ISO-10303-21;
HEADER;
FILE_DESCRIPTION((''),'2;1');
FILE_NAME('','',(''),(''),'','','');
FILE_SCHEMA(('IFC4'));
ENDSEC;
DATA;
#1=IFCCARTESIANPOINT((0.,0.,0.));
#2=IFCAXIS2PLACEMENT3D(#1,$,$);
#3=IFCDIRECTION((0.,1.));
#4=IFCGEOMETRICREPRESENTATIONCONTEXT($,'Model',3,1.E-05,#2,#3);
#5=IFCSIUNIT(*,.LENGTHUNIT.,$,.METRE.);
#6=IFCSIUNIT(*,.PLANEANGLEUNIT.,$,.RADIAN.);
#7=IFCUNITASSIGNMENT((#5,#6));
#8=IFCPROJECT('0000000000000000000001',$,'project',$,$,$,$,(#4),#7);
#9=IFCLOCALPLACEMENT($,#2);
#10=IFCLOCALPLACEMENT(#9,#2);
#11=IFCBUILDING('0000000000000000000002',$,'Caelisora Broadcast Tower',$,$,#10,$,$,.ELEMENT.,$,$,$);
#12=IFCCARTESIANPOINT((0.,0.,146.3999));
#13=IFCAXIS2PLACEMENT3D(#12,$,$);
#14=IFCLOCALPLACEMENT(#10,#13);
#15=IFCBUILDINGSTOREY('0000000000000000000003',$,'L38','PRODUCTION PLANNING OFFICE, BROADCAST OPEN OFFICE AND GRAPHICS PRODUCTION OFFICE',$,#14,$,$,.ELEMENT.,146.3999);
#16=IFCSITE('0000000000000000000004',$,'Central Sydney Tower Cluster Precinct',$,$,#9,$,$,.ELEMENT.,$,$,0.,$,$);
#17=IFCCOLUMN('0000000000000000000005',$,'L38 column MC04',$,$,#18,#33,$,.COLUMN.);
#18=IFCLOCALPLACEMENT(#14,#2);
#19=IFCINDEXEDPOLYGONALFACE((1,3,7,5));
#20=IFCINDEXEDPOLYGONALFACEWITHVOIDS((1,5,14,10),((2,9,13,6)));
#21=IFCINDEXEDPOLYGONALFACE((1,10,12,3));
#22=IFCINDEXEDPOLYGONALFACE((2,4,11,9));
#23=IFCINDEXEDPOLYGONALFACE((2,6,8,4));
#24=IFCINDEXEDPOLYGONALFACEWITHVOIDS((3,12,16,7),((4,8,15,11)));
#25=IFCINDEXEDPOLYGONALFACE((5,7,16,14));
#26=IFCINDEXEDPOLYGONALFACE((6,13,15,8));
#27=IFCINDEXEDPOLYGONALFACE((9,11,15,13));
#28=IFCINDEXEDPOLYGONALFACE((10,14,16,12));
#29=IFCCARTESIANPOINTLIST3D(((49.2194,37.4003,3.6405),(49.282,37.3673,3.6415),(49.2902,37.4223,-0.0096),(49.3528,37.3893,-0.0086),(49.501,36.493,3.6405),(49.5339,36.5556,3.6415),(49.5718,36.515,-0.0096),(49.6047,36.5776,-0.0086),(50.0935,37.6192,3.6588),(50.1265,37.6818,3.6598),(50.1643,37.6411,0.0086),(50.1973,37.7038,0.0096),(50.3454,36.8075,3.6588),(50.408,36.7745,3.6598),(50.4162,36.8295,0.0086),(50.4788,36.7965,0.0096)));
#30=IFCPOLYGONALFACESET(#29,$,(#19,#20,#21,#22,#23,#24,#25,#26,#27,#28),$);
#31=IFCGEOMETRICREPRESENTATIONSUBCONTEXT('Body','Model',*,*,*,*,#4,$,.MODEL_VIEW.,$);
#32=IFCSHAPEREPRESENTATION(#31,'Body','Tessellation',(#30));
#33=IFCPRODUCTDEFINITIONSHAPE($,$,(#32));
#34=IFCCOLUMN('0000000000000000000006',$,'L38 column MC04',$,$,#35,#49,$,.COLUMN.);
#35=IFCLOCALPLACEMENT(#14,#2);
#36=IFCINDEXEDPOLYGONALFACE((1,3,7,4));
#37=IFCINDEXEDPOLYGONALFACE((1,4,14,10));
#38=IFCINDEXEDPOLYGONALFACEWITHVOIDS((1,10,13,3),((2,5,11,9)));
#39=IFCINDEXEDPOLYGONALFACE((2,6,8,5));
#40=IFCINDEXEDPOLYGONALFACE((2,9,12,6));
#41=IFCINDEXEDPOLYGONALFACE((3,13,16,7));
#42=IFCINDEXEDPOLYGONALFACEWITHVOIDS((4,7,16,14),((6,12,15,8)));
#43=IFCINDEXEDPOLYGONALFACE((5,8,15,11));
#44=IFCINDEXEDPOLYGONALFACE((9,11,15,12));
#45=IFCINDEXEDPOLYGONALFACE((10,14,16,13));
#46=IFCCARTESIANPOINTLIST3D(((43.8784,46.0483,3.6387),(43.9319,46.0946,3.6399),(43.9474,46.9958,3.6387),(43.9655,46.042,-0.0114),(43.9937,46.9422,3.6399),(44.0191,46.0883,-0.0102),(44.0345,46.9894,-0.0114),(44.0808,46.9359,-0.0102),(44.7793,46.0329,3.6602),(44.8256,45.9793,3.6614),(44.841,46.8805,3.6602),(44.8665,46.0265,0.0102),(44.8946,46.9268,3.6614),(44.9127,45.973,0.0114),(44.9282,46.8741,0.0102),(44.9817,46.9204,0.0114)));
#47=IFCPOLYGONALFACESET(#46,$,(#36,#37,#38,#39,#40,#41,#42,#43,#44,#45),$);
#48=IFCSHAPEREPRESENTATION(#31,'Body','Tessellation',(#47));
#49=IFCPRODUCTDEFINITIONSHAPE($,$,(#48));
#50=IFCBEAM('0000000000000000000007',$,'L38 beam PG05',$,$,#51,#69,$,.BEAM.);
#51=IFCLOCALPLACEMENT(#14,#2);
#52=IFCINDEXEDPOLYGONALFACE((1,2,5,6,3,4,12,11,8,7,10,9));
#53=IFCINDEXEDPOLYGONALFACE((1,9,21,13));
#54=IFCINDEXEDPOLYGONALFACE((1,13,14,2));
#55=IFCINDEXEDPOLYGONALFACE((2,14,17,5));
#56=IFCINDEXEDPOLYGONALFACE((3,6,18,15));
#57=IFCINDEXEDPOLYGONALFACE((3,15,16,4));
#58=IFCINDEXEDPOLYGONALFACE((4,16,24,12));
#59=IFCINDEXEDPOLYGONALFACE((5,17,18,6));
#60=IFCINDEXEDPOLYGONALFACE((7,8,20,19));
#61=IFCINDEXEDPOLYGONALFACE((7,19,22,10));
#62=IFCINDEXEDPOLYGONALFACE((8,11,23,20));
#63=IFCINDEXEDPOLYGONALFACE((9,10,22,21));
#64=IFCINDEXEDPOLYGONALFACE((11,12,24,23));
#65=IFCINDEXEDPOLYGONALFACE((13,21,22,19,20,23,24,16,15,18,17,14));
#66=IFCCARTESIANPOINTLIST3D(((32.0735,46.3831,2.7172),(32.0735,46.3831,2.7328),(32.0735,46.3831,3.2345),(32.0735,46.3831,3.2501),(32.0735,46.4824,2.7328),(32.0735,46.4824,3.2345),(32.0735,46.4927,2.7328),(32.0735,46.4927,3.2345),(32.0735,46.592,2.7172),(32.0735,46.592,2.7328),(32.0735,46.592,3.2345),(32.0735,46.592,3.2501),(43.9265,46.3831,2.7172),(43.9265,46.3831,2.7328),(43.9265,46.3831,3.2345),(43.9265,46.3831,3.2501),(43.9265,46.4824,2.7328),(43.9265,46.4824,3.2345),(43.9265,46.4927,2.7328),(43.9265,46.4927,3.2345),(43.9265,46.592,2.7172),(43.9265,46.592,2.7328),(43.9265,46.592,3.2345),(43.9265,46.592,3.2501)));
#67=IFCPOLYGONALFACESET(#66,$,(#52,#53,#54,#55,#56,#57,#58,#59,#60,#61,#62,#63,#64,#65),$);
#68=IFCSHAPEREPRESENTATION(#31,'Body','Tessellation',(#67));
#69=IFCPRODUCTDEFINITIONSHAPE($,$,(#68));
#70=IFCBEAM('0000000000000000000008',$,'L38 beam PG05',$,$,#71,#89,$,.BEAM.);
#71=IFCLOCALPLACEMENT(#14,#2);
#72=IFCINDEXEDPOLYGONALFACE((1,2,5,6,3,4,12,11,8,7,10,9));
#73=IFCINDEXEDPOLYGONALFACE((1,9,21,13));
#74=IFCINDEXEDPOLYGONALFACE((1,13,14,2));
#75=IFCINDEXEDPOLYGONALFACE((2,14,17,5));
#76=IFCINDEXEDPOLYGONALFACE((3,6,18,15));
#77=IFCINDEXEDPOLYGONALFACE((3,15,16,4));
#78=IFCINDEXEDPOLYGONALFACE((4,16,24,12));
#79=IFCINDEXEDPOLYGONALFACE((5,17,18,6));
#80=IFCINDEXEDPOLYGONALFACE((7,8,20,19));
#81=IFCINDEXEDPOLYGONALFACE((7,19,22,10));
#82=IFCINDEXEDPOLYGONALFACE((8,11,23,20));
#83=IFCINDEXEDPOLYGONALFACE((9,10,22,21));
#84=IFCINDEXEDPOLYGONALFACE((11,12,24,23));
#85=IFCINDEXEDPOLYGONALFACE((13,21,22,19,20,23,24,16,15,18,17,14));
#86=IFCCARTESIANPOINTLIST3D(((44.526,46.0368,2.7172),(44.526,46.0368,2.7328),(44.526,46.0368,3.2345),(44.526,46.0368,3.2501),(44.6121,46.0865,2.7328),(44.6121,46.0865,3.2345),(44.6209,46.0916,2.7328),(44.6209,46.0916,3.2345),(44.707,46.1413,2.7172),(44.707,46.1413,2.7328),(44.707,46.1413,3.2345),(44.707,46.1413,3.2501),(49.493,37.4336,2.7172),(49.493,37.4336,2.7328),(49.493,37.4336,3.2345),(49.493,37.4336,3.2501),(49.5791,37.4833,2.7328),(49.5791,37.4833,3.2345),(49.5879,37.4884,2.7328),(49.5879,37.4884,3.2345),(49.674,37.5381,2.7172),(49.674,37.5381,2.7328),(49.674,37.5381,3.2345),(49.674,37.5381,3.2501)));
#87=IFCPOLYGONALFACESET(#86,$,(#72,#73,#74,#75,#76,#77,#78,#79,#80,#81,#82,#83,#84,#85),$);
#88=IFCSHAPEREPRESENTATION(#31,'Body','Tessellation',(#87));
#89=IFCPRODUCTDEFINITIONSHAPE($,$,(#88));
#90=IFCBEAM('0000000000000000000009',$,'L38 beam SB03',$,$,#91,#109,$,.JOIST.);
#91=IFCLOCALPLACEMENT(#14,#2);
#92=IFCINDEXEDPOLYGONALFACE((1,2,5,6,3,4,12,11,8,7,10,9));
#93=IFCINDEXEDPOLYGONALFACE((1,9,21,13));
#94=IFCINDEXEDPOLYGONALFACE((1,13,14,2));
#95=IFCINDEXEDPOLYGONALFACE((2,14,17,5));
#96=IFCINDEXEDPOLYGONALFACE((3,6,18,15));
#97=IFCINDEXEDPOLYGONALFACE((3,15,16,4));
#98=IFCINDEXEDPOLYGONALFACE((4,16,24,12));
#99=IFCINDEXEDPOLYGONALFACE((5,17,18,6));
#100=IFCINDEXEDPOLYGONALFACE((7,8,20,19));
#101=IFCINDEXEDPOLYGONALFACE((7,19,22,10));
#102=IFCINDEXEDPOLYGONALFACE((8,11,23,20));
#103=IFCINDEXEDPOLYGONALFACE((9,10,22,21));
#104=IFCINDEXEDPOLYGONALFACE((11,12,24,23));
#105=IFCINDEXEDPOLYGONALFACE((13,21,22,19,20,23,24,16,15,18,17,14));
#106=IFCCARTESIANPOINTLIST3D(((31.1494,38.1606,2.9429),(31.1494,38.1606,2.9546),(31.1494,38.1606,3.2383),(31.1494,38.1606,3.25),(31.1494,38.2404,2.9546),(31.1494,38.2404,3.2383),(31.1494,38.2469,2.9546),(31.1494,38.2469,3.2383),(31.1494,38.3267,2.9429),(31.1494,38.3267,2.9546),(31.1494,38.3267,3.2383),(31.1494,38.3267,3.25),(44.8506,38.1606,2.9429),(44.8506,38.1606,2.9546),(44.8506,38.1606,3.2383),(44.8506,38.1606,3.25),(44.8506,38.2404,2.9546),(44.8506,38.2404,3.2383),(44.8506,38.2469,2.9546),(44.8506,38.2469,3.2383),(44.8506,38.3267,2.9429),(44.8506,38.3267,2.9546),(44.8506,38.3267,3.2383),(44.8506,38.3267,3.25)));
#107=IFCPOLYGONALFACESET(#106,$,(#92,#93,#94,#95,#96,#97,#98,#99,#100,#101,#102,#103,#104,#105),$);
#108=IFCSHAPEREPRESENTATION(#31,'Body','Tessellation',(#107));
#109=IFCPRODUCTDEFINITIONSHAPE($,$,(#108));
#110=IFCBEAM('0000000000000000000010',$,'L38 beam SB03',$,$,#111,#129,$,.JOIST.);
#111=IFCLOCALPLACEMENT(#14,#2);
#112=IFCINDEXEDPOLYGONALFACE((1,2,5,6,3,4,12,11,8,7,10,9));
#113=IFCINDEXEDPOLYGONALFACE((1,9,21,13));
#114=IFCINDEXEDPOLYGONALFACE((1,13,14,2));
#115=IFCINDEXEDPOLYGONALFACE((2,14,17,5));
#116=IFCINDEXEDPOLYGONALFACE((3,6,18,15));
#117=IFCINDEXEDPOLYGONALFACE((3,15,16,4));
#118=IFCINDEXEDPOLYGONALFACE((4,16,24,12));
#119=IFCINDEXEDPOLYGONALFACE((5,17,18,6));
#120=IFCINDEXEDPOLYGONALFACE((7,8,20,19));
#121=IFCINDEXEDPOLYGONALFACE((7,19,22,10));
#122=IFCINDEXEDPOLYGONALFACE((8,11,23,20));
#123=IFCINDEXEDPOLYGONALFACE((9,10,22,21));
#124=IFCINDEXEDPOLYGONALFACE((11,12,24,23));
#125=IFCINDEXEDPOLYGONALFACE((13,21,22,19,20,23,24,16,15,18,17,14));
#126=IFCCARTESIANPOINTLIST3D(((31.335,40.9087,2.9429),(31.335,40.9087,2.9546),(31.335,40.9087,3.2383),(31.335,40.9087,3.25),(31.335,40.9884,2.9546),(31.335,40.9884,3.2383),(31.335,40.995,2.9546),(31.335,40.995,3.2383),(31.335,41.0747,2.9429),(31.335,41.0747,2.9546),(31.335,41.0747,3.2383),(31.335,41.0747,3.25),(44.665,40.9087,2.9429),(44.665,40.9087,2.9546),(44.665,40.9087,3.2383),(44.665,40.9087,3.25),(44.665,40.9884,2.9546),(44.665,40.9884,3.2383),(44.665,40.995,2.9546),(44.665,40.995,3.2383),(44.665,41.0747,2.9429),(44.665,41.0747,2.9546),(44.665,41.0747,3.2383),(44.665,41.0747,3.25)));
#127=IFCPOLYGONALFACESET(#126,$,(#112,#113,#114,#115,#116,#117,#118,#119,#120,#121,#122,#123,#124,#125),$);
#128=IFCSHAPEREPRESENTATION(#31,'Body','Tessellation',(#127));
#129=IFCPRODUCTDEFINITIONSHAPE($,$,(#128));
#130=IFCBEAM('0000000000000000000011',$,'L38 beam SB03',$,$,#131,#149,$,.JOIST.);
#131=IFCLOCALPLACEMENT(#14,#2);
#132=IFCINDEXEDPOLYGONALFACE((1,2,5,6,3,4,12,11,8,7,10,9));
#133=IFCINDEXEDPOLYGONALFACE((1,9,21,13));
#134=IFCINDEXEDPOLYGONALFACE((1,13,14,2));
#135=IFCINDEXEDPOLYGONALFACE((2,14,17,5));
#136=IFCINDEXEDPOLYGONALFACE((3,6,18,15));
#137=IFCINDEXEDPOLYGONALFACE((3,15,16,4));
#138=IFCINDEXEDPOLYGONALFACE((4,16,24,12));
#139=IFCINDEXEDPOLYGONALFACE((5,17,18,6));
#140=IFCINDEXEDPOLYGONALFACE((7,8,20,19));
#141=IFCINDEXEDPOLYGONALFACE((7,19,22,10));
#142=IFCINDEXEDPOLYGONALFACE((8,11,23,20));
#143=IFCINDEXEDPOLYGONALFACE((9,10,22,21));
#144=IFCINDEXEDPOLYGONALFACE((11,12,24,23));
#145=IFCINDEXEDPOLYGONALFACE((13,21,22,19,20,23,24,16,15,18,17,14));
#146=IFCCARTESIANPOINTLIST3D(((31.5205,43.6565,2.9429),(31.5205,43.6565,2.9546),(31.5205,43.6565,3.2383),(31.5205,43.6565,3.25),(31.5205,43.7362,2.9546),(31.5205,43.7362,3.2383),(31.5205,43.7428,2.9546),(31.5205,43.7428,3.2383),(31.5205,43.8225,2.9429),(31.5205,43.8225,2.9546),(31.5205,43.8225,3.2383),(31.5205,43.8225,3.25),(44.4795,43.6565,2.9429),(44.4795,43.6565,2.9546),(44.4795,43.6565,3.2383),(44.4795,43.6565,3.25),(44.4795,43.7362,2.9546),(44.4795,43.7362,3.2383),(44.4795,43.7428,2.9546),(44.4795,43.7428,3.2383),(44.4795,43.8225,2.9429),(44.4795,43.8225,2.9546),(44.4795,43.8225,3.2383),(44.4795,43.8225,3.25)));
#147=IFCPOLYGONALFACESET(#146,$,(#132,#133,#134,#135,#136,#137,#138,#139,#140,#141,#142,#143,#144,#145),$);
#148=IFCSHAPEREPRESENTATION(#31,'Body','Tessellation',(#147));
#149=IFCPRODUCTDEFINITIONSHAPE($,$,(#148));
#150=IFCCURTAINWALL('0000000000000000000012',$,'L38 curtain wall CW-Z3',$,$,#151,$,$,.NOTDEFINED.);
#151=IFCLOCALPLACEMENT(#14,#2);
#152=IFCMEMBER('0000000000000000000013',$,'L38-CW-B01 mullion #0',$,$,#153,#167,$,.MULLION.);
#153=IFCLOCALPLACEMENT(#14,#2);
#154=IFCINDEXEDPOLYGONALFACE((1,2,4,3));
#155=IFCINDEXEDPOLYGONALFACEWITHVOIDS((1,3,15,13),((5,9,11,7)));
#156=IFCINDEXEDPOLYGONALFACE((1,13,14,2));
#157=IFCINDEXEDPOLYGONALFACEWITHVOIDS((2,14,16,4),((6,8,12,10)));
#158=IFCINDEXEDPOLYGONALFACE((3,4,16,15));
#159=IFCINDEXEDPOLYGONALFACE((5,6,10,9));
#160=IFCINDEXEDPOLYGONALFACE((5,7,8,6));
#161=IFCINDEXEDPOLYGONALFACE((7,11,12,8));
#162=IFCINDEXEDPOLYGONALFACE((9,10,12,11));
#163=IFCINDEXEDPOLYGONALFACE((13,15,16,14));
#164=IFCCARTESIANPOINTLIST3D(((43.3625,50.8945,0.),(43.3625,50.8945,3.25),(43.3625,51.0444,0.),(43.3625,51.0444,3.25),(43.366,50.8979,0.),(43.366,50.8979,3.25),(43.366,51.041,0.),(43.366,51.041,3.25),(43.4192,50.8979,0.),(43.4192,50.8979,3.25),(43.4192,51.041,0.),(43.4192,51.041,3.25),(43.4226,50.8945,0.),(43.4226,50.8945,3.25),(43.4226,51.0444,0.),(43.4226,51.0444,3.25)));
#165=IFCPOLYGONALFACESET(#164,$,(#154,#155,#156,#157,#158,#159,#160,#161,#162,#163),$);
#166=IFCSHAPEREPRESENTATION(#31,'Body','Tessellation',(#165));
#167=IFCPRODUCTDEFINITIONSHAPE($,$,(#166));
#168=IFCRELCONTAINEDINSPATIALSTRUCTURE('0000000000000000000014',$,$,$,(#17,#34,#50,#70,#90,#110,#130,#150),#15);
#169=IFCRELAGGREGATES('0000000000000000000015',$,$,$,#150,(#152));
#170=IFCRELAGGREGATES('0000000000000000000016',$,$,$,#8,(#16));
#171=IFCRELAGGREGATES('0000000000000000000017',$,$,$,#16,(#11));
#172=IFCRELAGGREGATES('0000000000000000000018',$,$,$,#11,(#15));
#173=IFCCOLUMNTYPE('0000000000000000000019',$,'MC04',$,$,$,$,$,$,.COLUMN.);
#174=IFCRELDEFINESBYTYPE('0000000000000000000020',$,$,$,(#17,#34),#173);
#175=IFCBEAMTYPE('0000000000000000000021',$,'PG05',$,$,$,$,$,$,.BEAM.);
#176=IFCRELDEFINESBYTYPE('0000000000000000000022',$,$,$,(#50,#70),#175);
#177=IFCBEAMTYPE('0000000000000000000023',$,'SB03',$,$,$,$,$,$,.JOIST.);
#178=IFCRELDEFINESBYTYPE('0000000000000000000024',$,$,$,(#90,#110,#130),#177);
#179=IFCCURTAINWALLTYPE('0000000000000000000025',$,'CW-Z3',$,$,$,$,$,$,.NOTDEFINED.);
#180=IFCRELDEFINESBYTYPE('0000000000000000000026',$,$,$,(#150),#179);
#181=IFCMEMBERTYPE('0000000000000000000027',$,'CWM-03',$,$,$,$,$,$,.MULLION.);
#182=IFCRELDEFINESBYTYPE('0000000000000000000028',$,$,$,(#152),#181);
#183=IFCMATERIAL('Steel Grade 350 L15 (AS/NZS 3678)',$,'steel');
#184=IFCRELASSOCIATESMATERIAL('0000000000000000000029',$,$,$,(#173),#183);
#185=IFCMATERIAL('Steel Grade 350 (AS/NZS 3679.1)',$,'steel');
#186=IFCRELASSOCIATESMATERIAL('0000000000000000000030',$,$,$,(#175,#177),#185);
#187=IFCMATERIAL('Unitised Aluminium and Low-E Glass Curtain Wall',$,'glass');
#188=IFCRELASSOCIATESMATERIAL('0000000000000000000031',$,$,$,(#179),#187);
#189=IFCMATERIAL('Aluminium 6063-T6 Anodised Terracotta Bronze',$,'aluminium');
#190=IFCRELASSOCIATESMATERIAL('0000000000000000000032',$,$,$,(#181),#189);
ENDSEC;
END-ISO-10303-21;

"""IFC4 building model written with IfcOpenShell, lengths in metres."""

from ifc_helpers import new_model, si_unit, direction, frame, origin, origin_2d, place, context, subcontext, project, spatial, hollow_rectangle, i_section, extrude, source, transform, mapped, material, material_profile, profile_set, type_object, type_shapes, element, aggregate, save


model = new_model("IFC4")

# Units and contexts
model_context = context("Model", 3, precision=1e-05, world=origin(), true_north=direction((0.0, 1.0)))
body_context = subcontext(model_context, "Body", "Model", "MODEL_VIEW")
ifc_project = project(units=[si_unit("LENGTHUNIT", "METRE"), si_unit("PLANEANGLEUNIT", "RADIAN")], contexts=[model_context])

# Site, building, storey
site_placement = place(None, origin())
site = spatial("IfcSite", under=ifc_project, at=site_placement, Name="Central Sydney Tower Cluster Precinct", CompositionType="ELEMENT", RefElevation=0.0)
building_placement = place(site_placement, origin())
building = spatial("IfcBuilding", under=site, at=building_placement, Name="Caelisora Broadcast Tower", CompositionType="ELEMENT")
storey_placement = place(building_placement, frame((0.0, 0.0, 146.3999)))
storey = spatial("IfcBuildingStorey", under=building, at=storey_placement, Name="L38", Description="PRODUCTION PLANNING OFFICE, BROADCAST OPEN OFFICE AND GRAPHICS PRODUCTION OFFICE", CompositionType="ELEMENT", Elevation=146.3999)

# Columns
ifc_material_1 = material(Name="Steel Grade 350 L15 (AS/NZS 3678)", Category="steel")
ifc_material_profile_1 = material_profile(ifc_material_1, hollow_rectangle(XDim=0.95, YDim=0.95, WallThickness=0.05, at=origin_2d()), Name="Steel Grade 350 L15 (AS/NZS 3678)")
ifc_profile_set_1 = profile_set([ifc_material_profile_1], Name="Steel Grade 350 L15 (AS/NZS 3678)")
column_type = type_object("IfcColumnType", Name="MC04", PredefinedType="COLUMN", material=ifc_profile_set_1)
shared_shape_1 = source(origin(), body_context, "Body", "SweptSolid", [
    extrude(hollow_rectangle(XDim=0.95, YDim=0.95, WallThickness=0.05, at=origin_2d()), origin(), (0.0, 0.0, 1.0), 3.6509),
])
column_1_placement = place(storey_placement, frame((49.8845, 37.1094, 0.0), z_axis=(-0.019393, -0.006018, 0.999794), x_axis=(0.296399, -0.955064, 0.0)))
element("IfcColumn", 1, at=column_1_placement, inside=storey, type_object=column_type, Name="L38 column MC04", PredefinedType="COLUMN", context=body_context, shape_type="MappedRepresentation", body=[
    mapped(shared_shape_1, transform((0.0, 0.0, 0.0), scale=1.0)),
])
shared_shape_2 = source(origin(), body_context, "Body", "SweptSolid", [
    extrude(hollow_rectangle(XDim=0.95, YDim=0.95, WallThickness=0.05, at=origin_2d()), origin(), (0.0, 0.0, 1.0), 3.6511),
])
type_shapes(column_type, [shared_shape_1, shared_shape_2])
column_2_placement = place(storey_placement, frame((44.4736, 46.4812, 0.0), z_axis=(-0.023871, 0.001739, 0.999714), x_axis=(-0.072637, -0.997358, 0.0)))
element("IfcColumn", 2, at=column_2_placement, inside=storey, type_object=column_type, Name="L38 column MC04", PredefinedType="COLUMN", context=body_context, shape_type="MappedRepresentation", body=[
    mapped(shared_shape_2, transform((0.0, 0.0, 0.0), scale=1.0)),
])

# Beams
ifc_material_2 = material(Name="Steel Grade 350 (AS/NZS 3679.1)", Category="steel")
ifc_material_profile_2 = material_profile(ifc_material_2, i_section(OverallWidth=0.209, OverallDepth=0.533, WebThickness=0.0103, FlangeThickness=0.0156, at=origin_2d()), Name="Steel Grade 350 (AS/NZS 3679.1)")
ifc_profile_set_2 = profile_set([ifc_material_profile_2], Name="Steel Grade 350 (AS/NZS 3679.1)")
beam_type_1 = type_object("IfcBeamType", Name="PG05", PredefinedType="BEAM", material=ifc_profile_set_2)
shared_shape_3 = source(origin(), body_context, "Body", "SweptSolid", [
    extrude(i_section(OverallWidth=0.209, OverallDepth=0.533, WebThickness=0.0103, FlangeThickness=0.0156, at=origin_2d()), origin(), (0.0, 0.0, 1.0), 11.853),
])
beam_1_placement = place(storey_placement, frame((43.9265, 46.4875, 2.9836), z_axis=(-1.0, 0.0, 0.0), x_axis=(0.0, -1.0, 0.0)))
element("IfcBeam", 3, at=beam_1_placement, inside=storey, type_object=beam_type_1, Name="L38 beam PG05", PredefinedType="BEAM", context=body_context, shape_type="MappedRepresentation", body=[
    mapped(shared_shape_3, transform((0.0, 0.0, 0.0), scale=1.0)),
])
shared_shape_4 = source(origin(), body_context, "Body", "SweptSolid", [
    extrude(i_section(OverallWidth=0.209, OverallDepth=0.533, WebThickness=0.0103, FlangeThickness=0.0156, at=origin_2d()), origin(), (0.0, 0.0, 1.0), 9.9341),
])
type_shapes(beam_type_1, [shared_shape_3, shared_shape_4])
beam_2_placement = place(storey_placement, frame((49.5835, 37.4858, 2.9836), z_axis=(-0.499995, 0.866028, 0.0), x_axis=(-0.866028, -0.499995, 0.0)))
element("IfcBeam", 4, at=beam_2_placement, inside=storey, type_object=beam_type_1, Name="L38 beam PG05", PredefinedType="BEAM", context=body_context, shape_type="MappedRepresentation", body=[
    mapped(shared_shape_4, transform((0.0, 0.0, 0.0), scale=1.0)),
])
ifc_material_profile_3 = material_profile(ifc_material_2, i_section(OverallWidth=0.166, OverallDepth=0.3071, WebThickness=0.0066, FlangeThickness=0.0117, at=origin_2d()), Name="Steel Grade 350 (AS/NZS 3679.1)")
ifc_profile_set_3 = profile_set([ifc_material_profile_3], Name="Steel Grade 350 (AS/NZS 3679.1)")
beam_type_2 = type_object("IfcBeamType", Name="SB03", PredefinedType="JOIST", material=ifc_profile_set_3)
shared_shape_5 = source(origin(), body_context, "Body", "SweptSolid", [
    extrude(i_section(OverallWidth=0.166, OverallDepth=0.3071, WebThickness=0.0066, FlangeThickness=0.0117, at=origin_2d()), origin(), (0.0, 0.0, 1.0), 13.7012),
])
beam_3_placement = place(storey_placement, frame((44.8506, 38.2437, 3.0964), z_axis=(-1.0, 0.0, 0.0), x_axis=(0.0, -1.0, 0.0)))
element("IfcBeam", 5, at=beam_3_placement, inside=storey, type_object=beam_type_2, Name="L38 beam SB03", PredefinedType="JOIST", context=body_context, shape_type="MappedRepresentation", body=[
    mapped(shared_shape_5, transform((0.0, 0.0, 0.0), scale=1.0)),
])
shared_shape_6 = source(origin(), body_context, "Body", "SweptSolid", [
    extrude(i_section(OverallWidth=0.166, OverallDepth=0.3071, WebThickness=0.0066, FlangeThickness=0.0117, at=origin_2d()), origin(), (0.0, 0.0, 1.0), 13.3301),
])
beam_4_placement = place(storey_placement, frame((44.665, 40.9917, 3.0964), z_axis=(-1.0, 0.0, 0.0), x_axis=(0.0, -1.0, 0.0)))
element("IfcBeam", 6, at=beam_4_placement, inside=storey, type_object=beam_type_2, Name="L38 beam SB03", PredefinedType="JOIST", context=body_context, shape_type="MappedRepresentation", body=[
    mapped(shared_shape_6, transform((0.0, 0.0, 0.0), scale=1.0)),
])
shared_shape_7 = source(origin(), body_context, "Body", "SweptSolid", [
    extrude(i_section(OverallWidth=0.166, OverallDepth=0.3071, WebThickness=0.0066, FlangeThickness=0.0117, at=origin_2d()), origin(), (0.0, 0.0, 1.0), 12.959),
])
type_shapes(beam_type_2, [shared_shape_5, shared_shape_6, shared_shape_7])
beam_5_placement = place(storey_placement, frame((44.4795, 43.7395, 3.0964), z_axis=(-1.0, 0.0, 0.0), x_axis=(0.0, -1.0, 0.0)))
element("IfcBeam", 7, at=beam_5_placement, inside=storey, type_object=beam_type_2, Name="L38 beam SB03", PredefinedType="JOIST", context=body_context, shape_type="MappedRepresentation", body=[
    mapped(shared_shape_7, transform((0.0, 0.0, 0.0), scale=1.0)),
])

# Curtain wall, member
ifc_material_3 = material(Name="Unitised Aluminium and Low-E Glass Curtain Wall", Category="glass")
curtain_wall_type_1 = type_object("IfcCurtainWallType", Name="CW-Z3", PredefinedType="NOTDEFINED", material=ifc_material_3)
curtain_wall_1_placement = place(storey_placement, origin())
curtain_wall_1 = element("IfcCurtainWall", 8, at=curtain_wall_1_placement, inside=storey, type_object=curtain_wall_type_1, Name="L38 curtain wall CW-Z3", PredefinedType="NOTDEFINED")
ifc_material_4 = material(Name="Aluminium 6063-T6 Anodised Terracotta Bronze", Category="aluminium")
ifc_material_profile_4 = material_profile(ifc_material_4, hollow_rectangle(XDim=0.0601, YDim=0.1499, WallThickness=0.0034, at=origin_2d()), Name="Aluminium 6063-T6 Anodised Terracotta Bronze")
ifc_profile_set_4 = profile_set([ifc_material_profile_4], Name="Aluminium 6063-T6 Anodised Terracotta Bronze")
member_type_1 = type_object("IfcMemberType", Name="CWM-03", PredefinedType="MULLION", material=ifc_profile_set_4)
shared_shape_8 = source(origin(), body_context, "Body", "SweptSolid", [
    extrude(hollow_rectangle(XDim=0.0601, YDim=0.1499, WallThickness=0.0034, at=origin_2d()), origin(), (0.0, 0.0, 1.0), 3.25),
])
type_shapes(member_type_1, [shared_shape_8])
member_1_placement = place(storey_placement, frame((43.3926, 50.9695, 0.0), z_axis=(0.0, 0.0, 1.0), x_axis=(1.0, 0.0, 0.0)))
member_1 = element("IfcMember", 9, at=member_1_placement, type_object=member_type_1, Name="L38-CW-B01 mullion #0", PredefinedType="MULLION", context=body_context, shape_type="MappedRepresentation", body=[
    mapped(shared_shape_8, transform((0.0, 0.0, 0.0), scale=1.0)),
])

aggregate(curtain_wall_1, [member_1])

save(model, "model.ifc")
